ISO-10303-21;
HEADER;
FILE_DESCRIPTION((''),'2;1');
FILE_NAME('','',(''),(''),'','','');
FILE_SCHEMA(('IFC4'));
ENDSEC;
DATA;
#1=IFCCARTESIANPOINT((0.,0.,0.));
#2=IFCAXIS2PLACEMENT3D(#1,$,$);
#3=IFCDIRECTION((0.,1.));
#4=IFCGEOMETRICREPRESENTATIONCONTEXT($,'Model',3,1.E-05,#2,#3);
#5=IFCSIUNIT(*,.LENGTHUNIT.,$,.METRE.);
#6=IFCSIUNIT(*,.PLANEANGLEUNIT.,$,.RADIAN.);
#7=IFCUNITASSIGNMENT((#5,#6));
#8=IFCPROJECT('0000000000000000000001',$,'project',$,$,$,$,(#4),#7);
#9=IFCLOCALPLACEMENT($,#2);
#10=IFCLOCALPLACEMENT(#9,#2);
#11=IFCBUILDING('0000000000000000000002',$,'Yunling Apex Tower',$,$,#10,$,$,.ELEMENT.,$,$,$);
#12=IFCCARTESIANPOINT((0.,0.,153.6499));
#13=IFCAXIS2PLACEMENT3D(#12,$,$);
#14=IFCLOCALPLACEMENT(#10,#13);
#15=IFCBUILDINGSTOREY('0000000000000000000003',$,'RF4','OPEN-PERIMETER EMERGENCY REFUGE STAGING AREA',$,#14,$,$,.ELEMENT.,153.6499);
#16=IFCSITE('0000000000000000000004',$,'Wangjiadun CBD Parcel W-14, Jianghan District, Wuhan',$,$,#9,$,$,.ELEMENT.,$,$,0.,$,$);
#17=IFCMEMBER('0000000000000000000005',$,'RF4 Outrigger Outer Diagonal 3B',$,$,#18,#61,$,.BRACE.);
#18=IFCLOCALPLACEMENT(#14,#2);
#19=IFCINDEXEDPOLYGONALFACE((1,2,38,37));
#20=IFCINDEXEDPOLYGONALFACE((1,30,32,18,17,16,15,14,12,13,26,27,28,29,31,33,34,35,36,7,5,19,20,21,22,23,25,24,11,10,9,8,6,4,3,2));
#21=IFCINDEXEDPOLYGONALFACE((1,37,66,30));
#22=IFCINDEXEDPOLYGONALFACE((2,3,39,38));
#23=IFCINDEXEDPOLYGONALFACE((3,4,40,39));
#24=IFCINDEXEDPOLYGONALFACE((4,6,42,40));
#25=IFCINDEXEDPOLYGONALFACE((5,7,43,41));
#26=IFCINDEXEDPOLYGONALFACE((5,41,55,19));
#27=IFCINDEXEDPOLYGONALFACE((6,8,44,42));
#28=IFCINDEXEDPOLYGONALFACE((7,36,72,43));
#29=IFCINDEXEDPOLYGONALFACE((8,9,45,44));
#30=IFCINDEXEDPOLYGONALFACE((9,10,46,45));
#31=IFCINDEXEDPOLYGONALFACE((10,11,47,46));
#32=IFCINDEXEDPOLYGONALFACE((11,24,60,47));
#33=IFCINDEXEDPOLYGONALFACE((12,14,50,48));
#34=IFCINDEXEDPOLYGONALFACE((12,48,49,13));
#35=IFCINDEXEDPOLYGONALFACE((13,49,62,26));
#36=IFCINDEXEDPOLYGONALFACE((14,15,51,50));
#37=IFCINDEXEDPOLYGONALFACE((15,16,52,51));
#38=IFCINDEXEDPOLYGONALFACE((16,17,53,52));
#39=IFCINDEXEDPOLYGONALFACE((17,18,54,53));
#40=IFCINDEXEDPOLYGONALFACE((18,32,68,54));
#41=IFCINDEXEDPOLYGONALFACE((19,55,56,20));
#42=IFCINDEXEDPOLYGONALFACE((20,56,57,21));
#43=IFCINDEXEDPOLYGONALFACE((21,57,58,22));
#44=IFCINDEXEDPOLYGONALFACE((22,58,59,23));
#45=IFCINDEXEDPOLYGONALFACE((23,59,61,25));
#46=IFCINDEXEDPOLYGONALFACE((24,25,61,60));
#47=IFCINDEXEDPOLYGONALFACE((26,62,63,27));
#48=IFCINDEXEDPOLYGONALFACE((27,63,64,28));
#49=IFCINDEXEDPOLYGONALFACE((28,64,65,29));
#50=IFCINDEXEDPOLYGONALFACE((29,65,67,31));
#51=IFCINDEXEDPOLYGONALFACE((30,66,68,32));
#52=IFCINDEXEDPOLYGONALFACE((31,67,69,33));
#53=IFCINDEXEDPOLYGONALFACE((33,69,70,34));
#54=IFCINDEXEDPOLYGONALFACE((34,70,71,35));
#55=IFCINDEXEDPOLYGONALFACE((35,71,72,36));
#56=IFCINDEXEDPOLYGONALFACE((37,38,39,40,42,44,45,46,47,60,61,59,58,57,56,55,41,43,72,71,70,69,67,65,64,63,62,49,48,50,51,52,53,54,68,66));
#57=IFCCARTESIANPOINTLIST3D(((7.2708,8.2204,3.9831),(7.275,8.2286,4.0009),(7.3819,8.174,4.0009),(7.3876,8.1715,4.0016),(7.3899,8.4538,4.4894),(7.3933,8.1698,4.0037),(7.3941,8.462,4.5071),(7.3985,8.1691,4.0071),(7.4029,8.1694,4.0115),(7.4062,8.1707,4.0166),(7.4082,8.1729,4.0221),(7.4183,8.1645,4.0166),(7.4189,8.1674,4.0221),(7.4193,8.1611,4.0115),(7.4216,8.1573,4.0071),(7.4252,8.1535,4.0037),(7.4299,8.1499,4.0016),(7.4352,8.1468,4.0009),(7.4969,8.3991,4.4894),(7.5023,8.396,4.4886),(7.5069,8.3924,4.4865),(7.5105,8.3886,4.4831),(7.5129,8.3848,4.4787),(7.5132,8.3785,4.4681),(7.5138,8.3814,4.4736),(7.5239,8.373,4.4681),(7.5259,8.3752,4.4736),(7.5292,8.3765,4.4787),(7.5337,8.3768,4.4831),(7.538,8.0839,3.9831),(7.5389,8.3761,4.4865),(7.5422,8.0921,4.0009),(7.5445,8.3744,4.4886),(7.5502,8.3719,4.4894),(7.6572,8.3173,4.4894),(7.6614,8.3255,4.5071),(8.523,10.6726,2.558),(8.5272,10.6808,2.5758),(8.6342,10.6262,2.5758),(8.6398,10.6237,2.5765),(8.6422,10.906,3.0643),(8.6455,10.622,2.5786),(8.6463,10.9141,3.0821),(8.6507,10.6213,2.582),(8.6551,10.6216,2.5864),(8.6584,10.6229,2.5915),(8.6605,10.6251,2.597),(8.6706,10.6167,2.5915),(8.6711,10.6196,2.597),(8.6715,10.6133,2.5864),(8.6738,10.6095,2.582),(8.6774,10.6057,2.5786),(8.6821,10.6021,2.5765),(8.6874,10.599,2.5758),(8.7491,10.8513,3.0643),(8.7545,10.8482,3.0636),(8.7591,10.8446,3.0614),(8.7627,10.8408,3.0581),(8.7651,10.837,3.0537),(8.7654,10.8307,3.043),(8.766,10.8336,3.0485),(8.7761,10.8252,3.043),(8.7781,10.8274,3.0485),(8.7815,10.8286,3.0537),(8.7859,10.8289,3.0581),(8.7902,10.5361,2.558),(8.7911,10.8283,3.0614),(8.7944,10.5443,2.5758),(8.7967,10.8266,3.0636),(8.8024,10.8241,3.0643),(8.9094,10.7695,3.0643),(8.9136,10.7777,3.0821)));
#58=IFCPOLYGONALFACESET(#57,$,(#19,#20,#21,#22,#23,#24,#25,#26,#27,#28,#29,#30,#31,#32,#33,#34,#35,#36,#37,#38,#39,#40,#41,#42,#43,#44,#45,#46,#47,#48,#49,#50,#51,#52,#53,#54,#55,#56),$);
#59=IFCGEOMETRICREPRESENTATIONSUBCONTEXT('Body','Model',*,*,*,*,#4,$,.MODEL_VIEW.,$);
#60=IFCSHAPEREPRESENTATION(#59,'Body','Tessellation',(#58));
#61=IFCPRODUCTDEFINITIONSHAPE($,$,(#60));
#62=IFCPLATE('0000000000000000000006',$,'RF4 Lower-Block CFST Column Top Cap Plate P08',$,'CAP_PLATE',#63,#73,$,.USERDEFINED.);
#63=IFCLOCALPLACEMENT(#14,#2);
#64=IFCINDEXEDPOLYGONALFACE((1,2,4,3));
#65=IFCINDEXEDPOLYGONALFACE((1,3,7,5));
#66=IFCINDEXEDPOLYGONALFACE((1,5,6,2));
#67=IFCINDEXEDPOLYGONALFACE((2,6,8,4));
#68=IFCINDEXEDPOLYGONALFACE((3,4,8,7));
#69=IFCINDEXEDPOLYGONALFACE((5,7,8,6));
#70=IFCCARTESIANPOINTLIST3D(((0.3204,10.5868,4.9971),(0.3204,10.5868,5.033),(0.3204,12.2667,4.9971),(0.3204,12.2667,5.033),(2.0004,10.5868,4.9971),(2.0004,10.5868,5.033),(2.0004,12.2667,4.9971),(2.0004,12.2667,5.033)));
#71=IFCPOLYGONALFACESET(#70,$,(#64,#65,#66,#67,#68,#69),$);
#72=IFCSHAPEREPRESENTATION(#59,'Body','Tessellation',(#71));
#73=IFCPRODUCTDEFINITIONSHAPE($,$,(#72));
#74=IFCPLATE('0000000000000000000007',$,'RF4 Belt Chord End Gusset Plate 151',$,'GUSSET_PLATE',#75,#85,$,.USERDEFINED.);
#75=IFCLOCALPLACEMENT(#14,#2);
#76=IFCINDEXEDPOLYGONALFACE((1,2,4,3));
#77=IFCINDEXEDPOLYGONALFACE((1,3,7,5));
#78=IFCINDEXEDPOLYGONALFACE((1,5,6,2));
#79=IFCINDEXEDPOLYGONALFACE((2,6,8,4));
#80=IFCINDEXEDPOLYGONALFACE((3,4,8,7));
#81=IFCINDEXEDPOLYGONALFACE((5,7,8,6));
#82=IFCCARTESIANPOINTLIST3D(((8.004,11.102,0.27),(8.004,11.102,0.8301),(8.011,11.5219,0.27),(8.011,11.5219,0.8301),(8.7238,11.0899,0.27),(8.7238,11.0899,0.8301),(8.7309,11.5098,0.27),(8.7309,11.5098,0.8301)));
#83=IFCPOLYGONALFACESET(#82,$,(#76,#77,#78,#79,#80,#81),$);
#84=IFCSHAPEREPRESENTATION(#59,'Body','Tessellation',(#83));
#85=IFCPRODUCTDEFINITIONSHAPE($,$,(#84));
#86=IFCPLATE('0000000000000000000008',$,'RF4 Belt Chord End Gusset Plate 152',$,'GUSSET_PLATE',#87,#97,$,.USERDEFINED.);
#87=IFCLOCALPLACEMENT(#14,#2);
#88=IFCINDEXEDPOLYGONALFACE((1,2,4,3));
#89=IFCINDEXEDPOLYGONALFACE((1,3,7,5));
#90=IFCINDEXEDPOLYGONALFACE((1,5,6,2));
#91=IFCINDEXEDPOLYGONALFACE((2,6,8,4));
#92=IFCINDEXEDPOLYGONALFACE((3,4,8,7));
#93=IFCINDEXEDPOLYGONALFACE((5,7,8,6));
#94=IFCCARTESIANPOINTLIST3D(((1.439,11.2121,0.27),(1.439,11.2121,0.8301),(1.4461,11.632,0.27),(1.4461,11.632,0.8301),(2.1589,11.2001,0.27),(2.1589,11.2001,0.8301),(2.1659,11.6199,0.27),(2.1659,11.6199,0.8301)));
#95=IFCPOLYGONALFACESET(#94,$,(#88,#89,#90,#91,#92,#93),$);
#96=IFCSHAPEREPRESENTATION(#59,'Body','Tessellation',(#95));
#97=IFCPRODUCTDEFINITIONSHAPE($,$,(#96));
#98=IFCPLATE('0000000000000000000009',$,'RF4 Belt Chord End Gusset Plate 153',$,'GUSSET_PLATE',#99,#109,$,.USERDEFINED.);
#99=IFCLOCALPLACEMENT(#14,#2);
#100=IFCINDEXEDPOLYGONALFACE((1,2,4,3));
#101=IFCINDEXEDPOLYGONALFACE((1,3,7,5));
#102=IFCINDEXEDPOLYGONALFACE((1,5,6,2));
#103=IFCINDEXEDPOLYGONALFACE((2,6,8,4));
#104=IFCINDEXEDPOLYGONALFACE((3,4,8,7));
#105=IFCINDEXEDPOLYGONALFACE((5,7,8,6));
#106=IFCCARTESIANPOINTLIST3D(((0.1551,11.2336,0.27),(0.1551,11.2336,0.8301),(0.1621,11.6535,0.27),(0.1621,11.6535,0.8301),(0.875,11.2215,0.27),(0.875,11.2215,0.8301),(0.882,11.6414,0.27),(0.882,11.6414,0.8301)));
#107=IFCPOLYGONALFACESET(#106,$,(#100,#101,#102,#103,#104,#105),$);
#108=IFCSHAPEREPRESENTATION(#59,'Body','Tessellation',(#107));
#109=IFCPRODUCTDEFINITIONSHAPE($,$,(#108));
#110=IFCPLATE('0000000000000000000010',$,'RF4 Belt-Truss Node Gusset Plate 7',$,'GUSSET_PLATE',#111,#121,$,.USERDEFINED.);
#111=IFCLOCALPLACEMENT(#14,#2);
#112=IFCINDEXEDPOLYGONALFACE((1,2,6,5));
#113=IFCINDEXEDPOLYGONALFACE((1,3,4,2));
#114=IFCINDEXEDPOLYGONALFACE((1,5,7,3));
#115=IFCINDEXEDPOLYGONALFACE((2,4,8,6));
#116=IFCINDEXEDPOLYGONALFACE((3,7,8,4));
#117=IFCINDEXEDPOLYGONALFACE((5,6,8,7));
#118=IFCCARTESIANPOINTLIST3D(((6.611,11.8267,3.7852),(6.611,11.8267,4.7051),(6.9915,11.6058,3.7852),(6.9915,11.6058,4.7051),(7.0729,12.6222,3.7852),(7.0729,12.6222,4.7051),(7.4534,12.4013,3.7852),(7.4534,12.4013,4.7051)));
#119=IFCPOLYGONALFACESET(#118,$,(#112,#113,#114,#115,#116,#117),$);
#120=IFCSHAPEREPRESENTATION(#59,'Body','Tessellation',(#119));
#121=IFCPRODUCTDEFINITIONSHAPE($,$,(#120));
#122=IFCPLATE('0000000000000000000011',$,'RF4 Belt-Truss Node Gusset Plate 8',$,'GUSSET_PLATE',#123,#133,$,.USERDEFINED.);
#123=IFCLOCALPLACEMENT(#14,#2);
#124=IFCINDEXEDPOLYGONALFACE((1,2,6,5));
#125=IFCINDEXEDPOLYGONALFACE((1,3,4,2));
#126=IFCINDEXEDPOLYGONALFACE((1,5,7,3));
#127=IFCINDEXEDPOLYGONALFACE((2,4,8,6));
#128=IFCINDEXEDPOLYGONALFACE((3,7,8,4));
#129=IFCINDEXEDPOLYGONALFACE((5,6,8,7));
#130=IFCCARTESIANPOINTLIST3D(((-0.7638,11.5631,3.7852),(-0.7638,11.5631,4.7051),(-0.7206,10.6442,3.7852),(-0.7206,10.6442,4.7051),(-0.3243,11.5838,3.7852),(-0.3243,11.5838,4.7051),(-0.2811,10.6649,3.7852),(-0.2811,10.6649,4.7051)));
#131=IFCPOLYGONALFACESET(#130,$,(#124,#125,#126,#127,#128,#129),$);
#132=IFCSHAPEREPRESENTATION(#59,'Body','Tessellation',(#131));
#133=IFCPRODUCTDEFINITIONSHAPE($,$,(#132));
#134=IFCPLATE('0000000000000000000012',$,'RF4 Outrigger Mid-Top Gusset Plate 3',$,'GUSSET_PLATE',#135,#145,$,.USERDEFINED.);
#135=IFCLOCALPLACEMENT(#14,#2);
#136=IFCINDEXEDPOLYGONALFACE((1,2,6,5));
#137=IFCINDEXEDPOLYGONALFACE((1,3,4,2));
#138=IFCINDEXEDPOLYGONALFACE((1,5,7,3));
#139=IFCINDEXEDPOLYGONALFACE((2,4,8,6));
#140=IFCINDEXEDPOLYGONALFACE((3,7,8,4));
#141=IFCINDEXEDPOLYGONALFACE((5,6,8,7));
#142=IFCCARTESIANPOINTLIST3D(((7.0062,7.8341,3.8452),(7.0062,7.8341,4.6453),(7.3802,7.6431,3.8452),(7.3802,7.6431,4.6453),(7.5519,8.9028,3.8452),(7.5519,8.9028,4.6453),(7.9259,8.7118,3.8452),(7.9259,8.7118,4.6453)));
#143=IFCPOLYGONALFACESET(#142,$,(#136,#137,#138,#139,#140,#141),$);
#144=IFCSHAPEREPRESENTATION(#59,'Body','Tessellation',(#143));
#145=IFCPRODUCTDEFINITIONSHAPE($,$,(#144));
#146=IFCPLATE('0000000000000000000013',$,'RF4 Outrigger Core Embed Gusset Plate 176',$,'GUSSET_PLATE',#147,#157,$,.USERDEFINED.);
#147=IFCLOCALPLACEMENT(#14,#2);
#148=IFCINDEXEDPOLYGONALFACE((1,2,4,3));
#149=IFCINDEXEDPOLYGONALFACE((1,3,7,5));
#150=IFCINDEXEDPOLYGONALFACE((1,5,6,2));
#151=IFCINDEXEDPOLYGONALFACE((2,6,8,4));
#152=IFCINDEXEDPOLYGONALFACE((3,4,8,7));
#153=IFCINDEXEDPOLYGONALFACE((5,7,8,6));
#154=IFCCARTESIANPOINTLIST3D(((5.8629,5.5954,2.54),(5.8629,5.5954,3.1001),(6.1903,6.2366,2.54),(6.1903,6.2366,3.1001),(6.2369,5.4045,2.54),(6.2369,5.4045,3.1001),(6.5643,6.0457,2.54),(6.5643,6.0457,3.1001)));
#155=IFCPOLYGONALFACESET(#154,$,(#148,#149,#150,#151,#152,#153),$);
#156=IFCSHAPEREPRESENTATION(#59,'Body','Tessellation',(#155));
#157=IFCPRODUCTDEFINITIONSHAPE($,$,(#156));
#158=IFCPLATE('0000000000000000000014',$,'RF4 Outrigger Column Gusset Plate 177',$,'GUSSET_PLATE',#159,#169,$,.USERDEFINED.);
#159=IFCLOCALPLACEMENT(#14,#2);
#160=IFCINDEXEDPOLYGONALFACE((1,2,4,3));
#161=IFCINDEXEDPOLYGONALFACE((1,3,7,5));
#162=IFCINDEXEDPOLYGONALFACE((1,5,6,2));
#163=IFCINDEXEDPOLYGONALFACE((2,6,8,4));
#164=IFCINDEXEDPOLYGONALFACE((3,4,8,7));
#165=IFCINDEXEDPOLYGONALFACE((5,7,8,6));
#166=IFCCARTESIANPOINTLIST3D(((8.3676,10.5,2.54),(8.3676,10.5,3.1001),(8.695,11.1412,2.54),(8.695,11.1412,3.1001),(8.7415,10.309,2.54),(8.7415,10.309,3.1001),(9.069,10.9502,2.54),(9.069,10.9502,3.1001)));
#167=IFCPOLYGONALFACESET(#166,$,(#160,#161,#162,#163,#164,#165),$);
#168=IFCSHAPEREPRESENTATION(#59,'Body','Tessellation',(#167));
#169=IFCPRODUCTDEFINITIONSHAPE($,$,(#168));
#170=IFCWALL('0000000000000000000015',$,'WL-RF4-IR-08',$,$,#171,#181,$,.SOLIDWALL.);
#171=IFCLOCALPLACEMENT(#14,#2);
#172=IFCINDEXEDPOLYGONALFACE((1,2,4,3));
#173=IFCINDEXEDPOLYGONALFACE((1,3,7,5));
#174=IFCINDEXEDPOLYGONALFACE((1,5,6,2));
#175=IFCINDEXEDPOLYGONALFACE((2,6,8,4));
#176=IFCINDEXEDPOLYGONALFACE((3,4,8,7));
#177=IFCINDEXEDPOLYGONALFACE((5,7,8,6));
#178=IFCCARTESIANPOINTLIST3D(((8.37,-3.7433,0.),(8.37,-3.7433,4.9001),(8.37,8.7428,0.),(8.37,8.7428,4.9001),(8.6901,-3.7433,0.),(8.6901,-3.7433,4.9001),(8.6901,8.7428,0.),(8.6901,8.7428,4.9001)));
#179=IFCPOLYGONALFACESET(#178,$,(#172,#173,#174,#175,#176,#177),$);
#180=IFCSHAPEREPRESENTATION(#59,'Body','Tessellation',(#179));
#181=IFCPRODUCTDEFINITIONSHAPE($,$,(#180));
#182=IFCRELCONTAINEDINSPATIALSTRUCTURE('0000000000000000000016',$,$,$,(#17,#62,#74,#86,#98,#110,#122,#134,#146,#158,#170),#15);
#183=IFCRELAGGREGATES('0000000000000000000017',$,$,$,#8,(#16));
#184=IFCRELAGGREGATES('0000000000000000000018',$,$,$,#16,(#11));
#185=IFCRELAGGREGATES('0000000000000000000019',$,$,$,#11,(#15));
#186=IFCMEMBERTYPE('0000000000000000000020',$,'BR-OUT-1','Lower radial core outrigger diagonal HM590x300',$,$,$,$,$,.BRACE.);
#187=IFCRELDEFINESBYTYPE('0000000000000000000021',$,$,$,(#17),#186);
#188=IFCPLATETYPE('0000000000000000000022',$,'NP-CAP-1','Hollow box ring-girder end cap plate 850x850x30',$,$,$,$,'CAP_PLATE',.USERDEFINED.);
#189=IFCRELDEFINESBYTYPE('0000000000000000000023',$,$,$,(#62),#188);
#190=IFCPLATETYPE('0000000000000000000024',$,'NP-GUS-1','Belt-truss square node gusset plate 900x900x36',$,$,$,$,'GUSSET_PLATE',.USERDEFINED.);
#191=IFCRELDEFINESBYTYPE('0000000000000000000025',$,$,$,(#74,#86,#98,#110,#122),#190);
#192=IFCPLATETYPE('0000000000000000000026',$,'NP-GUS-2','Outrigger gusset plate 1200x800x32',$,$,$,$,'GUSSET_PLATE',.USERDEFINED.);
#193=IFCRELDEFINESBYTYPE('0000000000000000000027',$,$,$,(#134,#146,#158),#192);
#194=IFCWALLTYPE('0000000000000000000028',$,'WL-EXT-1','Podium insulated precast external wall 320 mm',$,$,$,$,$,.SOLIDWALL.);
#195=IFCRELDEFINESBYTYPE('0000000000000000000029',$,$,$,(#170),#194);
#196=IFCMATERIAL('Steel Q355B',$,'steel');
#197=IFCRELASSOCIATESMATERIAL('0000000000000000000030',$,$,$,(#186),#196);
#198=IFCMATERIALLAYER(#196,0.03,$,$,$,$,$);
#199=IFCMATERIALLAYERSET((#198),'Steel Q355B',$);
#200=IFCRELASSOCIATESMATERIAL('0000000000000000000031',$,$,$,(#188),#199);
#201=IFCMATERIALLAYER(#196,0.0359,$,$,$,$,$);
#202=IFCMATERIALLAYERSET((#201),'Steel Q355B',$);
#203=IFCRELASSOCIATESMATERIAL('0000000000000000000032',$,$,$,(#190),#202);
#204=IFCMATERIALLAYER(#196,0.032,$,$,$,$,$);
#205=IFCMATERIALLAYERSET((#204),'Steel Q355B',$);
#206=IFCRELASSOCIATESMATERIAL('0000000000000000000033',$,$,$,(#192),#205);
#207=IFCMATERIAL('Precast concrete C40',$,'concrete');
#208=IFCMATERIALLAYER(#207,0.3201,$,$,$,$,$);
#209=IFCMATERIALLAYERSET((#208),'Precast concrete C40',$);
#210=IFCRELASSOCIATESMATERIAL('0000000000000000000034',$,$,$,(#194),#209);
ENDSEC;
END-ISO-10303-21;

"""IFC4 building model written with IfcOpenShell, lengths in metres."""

from ifc_helpers import new_model, si_unit, direction, frame, frame_2d, origin, origin_2d, place, context, subcontext, project, spatial, rectangle, i_section, extrude, source, transform, mapped, material, layer, layer_set, material_profile, profile_set, type_object, element, save


model = new_model("IFC4")

# Units and contexts
model_context = context("Model", 3, precision=1e-05, world=origin(), true_north=direction((0.0, 1.0)))
body_context = subcontext(model_context, "Body", "Model", "MODEL_VIEW")
ifc_project = project(units=[si_unit("LENGTHUNIT", "METRE"), si_unit("PLANEANGLEUNIT", "RADIAN")], contexts=[model_context])

# Site, building, storey
site_placement = place(None, origin())
site = spatial("IfcSite", under=ifc_project, at=site_placement, Name="Wangjiadun CBD Parcel W-14, Jianghan District, Wuhan", CompositionType="ELEMENT", RefElevation=0.0)
building_placement = place(site_placement, origin())
building = spatial("IfcBuilding", under=site, at=building_placement, Name="Yunling Apex Tower", CompositionType="ELEMENT")
storey_placement = place(building_placement, frame((0.0, 0.0, 153.6499)))
storey = spatial("IfcBuildingStorey", under=building, at=storey_placement, Name="RF4", Description="OPEN-PERIMETER EMERGENCY REFUGE STAGING AREA", CompositionType="ELEMENT", Elevation=153.6499)

# Member
ifc_material_1 = material(Name="Steel Q355B", Category="steel")
ifc_material_profile_1 = material_profile(ifc_material_1, i_section(OverallWidth=0.3, OverallDepth=0.5901, WebThickness=0.012, FlangeThickness=0.02, FilletRadius=0.0239, at=origin_2d()))
ifc_profile_set_1 = profile_set([ifc_material_profile_1], Name="Steel Q355B")
member_type_1 = type_object("IfcMemberType", Name="BR-OUT-1", Description="Lower radial core outrigger diagonal HM590x300", PredefinedType="BRACE", material=ifc_profile_set_1)
shared_shape_1 = source(origin(), body_context, "Body", "SweptSolid", [
    extrude(i_section(OverallWidth=0.3, OverallDepth=0.5901, WebThickness=0.012, FlangeThickness=0.02, FilletRadius=0.0239, at=origin_2d()), origin(), (0.0, 0.0, 1.0), 3.1003),
])
member_1_placement = place(storey_placement, frame((7.4661, 8.2729, 4.2451), z_axis=(0.403897, 0.790942, -0.45965), x_axis=(-0.8906, 0.454788, 0.0)))
element("IfcMember", 1, at=member_1_placement, inside=storey, type_object=member_type_1, Name="RF4 Outrigger Outer Diagonal 3B", PredefinedType="BRACE", context=body_context, shape_type="MappedRepresentation", body=[
    mapped(shared_shape_1, transform((0.0, 0.0, 0.0), scale=1.0)),
])

# Plates
ifc_layer_1 = layer(ifc_material_1, 0.03)
ifc_layer_set_1 = layer_set([ifc_layer_1], Name="Steel Q355B")
plate_type_1 = type_object("IfcPlateType", Name="NP-CAP-1", Description="Hollow box ring-girder end cap plate 850x850x30", ElementType="CAP_PLATE", PredefinedType="USERDEFINED", material=ifc_layer_set_1)
shared_shape_2 = source(origin(), body_context, "Body", "SweptSolid", [
    extrude(rectangle(XDim=1.6799, YDim=1.6799, at=origin_2d()), origin(), (0.0, 0.0, 1.0), 0.0359),
])
plate_1_placement = place(storey_placement, frame((1.1604, 11.4268, 4.9971), z_axis=(0.0, 0.0, 1.0), x_axis=(1.0, 0.0, 0.0)))
element("IfcPlate", 2, at=plate_1_placement, inside=storey, type_object=plate_type_1, Name="RF4 Lower-Block CFST Column Top Cap Plate P08", ObjectType="CAP_PLATE", PredefinedType="USERDEFINED", context=body_context, shape_type="MappedRepresentation", body=[
    mapped(shared_shape_2, transform((0.0, 0.0, 0.0), scale=1.0)),
])
ifc_layer_2 = layer(ifc_material_1, 0.0359)
ifc_layer_set_2 = layer_set([ifc_layer_2], Name="Steel Q355B")
plate_type_2 = type_object("IfcPlateType", Name="NP-GUS-1", Description="Belt-truss square node gusset plate 900x900x36", ElementType="GUSSET_PLATE", PredefinedType="USERDEFINED", material=ifc_layer_set_2)
shared_shape_3 = source(origin(), body_context, "Body", "SweptSolid", [
    extrude(rectangle(XDim=0.72, YDim=0.4199, at=origin_2d()), origin(), (0.0, 0.0, 1.0), 0.5601),
])
for number, where, z_axis, x_axis, name in (
    (3, (8.3674, 11.3059, 0.27), (0.0, 0.0, 1.0), (-0.99986, 0.016754, 0.0), "RF4 Belt Chord End Gusset Plate 151"),
    (4, (1.8025, 11.416, 0.27), (0.0, 0.0, 1.0), (-0.99986, 0.016754, 0.0), "RF4 Belt Chord End Gusset Plate 152"),
    (5, (0.5186, 11.4375, 0.27), (0.0, 0.0, 1.0), (-0.99986, 0.016754, 0.0), "RF4 Belt Chord End Gusset Plate 153"),
):
    element("IfcPlate", number, at=place(storey_placement, frame(where, z_axis=z_axis, x_axis=x_axis)), inside=storey, type_object=plate_type_2, Name=name, ObjectType="GUSSET_PLATE", PredefinedType="USERDEFINED", context=body_context, shape_type="MappedRepresentation", body=[
        mapped(shared_shape_3, transform((0.0, 0.0, 0.0), scale=1.0)),
    ])
shared_shape_4 = source(origin(), body_context, "Body", "SweptSolid", [
    extrude(rectangle(XDim=0.9199, YDim=0.4399, at=origin_2d()), origin(), (0.0, 0.0, 1.0), 0.9199),
])
for number, where, z_axis, x_axis, name in (
    (6, (7.0322, 12.114, 3.7852), (0.0, 0.0, 1.0), (0.502115, 0.864801, 0.0), "RF4 Belt-Truss Node Gusset Plate 7"),
    (7, (-0.5225, 11.114, 3.7852), (0.0, 0.0, 1.0), (-0.046932, 0.998898, 0.0), "RF4 Belt-Truss Node Gusset Plate 8"),
):
    element("IfcPlate", number, at=place(storey_placement, frame(where, z_axis=z_axis, x_axis=x_axis)), inside=storey, type_object=plate_type_2, Name=name, ObjectType="GUSSET_PLATE", PredefinedType="USERDEFINED", context=body_context, shape_type="MappedRepresentation", body=[
        mapped(shared_shape_4, transform((0.0, 0.0, 0.0), scale=1.0)),
    ])
ifc_layer_3 = layer(ifc_material_1, 0.032)
ifc_layer_set_3 = layer_set([ifc_layer_3], Name="Steel Q355B")
plate_type_3 = type_object("IfcPlateType", Name="NP-GUS-2", Description="Outrigger gusset plate 1200x800x32", ElementType="GUSSET_PLATE", PredefinedType="USERDEFINED", material=ifc_layer_set_3)
shared_shape_5 = source(origin(), body_context, "Body", "SweptSolid", [
    extrude(rectangle(XDim=1.2, YDim=0.4199, at=origin_2d()), origin(), (0.0, 0.0, 1.0), 0.8),
])
plate_2_placement = place(storey_placement, frame((7.4661, 8.2729, 3.8452), z_axis=(0.0, 0.0, 1.0), x_axis=(0.454768, 0.89061, 0.0)))
element("IfcPlate", 8, at=plate_2_placement, inside=storey, type_object=plate_type_3, Name="RF4 Outrigger Mid-Top Gusset Plate 3", ObjectType="GUSSET_PLATE", PredefinedType="USERDEFINED", context=body_context, shape_type="MappedRepresentation", body=[
    mapped(shared_shape_5, transform((0.0, 0.0, 0.0), scale=1.0)),
])
shared_shape_6 = source(origin(), body_context, "Body", "SweptSolid", [
    extrude(rectangle(XDim=0.72, YDim=0.4199, at=origin_2d()), origin(), (0.0, 0.0, 1.0), 0.5601),
])
for number, where, z_axis, x_axis, name in (
    (9, (6.2136, 5.8206, 2.54), (0.0, 0.0, 1.0), (0.454768, 0.89061, 0.0), "RF4 Outrigger Core Embed Gusset Plate 176"),
    (10, (8.7183, 10.7251, 2.54), (0.0, 0.0, 1.0), (0.454768, 0.89061, 0.0), "RF4 Outrigger Column Gusset Plate 177"),
):
    element("IfcPlate", number, at=place(storey_placement, frame(where, z_axis=z_axis, x_axis=x_axis)), inside=storey, type_object=plate_type_3, Name=name, ObjectType="GUSSET_PLATE", PredefinedType="USERDEFINED", context=body_context, shape_type="MappedRepresentation", body=[
        mapped(shared_shape_6, transform((0.0, 0.0, 0.0), scale=1.0)),
    ])

# Wall
ifc_material_2 = material(Name="Precast concrete C40", Category="concrete")
ifc_layer_4 = layer(ifc_material_2, 0.3201)
ifc_layer_set_4 = layer_set([ifc_layer_4], Name="Precast concrete C40")
wall_type_1 = type_object("IfcWallType", Name="WL-EXT-1", Description="Podium insulated precast external wall 320 mm", PredefinedType="SOLIDWALL", material=ifc_layer_set_4)
wall_1_placement = place(storey_placement, frame((8.53, 8.7429, 0.0), z_axis=(0.0, 0.0, 1.0), x_axis=(0.0, -1.0, 0.0)))
element("IfcWall", 11, at=wall_1_placement, inside=storey, type_object=wall_type_1, Name="WL-RF4-IR-08", PredefinedType="SOLIDWALL", context=body_context, shape_type="SweptSolid", body=[
    extrude(rectangle(XDim=12.4861, YDim=0.3201, at=frame_2d((6.2432, 0.0))), origin(), (0.0, 0.0, 1.0), 4.9001),
])

save(model, "model.ifc")
